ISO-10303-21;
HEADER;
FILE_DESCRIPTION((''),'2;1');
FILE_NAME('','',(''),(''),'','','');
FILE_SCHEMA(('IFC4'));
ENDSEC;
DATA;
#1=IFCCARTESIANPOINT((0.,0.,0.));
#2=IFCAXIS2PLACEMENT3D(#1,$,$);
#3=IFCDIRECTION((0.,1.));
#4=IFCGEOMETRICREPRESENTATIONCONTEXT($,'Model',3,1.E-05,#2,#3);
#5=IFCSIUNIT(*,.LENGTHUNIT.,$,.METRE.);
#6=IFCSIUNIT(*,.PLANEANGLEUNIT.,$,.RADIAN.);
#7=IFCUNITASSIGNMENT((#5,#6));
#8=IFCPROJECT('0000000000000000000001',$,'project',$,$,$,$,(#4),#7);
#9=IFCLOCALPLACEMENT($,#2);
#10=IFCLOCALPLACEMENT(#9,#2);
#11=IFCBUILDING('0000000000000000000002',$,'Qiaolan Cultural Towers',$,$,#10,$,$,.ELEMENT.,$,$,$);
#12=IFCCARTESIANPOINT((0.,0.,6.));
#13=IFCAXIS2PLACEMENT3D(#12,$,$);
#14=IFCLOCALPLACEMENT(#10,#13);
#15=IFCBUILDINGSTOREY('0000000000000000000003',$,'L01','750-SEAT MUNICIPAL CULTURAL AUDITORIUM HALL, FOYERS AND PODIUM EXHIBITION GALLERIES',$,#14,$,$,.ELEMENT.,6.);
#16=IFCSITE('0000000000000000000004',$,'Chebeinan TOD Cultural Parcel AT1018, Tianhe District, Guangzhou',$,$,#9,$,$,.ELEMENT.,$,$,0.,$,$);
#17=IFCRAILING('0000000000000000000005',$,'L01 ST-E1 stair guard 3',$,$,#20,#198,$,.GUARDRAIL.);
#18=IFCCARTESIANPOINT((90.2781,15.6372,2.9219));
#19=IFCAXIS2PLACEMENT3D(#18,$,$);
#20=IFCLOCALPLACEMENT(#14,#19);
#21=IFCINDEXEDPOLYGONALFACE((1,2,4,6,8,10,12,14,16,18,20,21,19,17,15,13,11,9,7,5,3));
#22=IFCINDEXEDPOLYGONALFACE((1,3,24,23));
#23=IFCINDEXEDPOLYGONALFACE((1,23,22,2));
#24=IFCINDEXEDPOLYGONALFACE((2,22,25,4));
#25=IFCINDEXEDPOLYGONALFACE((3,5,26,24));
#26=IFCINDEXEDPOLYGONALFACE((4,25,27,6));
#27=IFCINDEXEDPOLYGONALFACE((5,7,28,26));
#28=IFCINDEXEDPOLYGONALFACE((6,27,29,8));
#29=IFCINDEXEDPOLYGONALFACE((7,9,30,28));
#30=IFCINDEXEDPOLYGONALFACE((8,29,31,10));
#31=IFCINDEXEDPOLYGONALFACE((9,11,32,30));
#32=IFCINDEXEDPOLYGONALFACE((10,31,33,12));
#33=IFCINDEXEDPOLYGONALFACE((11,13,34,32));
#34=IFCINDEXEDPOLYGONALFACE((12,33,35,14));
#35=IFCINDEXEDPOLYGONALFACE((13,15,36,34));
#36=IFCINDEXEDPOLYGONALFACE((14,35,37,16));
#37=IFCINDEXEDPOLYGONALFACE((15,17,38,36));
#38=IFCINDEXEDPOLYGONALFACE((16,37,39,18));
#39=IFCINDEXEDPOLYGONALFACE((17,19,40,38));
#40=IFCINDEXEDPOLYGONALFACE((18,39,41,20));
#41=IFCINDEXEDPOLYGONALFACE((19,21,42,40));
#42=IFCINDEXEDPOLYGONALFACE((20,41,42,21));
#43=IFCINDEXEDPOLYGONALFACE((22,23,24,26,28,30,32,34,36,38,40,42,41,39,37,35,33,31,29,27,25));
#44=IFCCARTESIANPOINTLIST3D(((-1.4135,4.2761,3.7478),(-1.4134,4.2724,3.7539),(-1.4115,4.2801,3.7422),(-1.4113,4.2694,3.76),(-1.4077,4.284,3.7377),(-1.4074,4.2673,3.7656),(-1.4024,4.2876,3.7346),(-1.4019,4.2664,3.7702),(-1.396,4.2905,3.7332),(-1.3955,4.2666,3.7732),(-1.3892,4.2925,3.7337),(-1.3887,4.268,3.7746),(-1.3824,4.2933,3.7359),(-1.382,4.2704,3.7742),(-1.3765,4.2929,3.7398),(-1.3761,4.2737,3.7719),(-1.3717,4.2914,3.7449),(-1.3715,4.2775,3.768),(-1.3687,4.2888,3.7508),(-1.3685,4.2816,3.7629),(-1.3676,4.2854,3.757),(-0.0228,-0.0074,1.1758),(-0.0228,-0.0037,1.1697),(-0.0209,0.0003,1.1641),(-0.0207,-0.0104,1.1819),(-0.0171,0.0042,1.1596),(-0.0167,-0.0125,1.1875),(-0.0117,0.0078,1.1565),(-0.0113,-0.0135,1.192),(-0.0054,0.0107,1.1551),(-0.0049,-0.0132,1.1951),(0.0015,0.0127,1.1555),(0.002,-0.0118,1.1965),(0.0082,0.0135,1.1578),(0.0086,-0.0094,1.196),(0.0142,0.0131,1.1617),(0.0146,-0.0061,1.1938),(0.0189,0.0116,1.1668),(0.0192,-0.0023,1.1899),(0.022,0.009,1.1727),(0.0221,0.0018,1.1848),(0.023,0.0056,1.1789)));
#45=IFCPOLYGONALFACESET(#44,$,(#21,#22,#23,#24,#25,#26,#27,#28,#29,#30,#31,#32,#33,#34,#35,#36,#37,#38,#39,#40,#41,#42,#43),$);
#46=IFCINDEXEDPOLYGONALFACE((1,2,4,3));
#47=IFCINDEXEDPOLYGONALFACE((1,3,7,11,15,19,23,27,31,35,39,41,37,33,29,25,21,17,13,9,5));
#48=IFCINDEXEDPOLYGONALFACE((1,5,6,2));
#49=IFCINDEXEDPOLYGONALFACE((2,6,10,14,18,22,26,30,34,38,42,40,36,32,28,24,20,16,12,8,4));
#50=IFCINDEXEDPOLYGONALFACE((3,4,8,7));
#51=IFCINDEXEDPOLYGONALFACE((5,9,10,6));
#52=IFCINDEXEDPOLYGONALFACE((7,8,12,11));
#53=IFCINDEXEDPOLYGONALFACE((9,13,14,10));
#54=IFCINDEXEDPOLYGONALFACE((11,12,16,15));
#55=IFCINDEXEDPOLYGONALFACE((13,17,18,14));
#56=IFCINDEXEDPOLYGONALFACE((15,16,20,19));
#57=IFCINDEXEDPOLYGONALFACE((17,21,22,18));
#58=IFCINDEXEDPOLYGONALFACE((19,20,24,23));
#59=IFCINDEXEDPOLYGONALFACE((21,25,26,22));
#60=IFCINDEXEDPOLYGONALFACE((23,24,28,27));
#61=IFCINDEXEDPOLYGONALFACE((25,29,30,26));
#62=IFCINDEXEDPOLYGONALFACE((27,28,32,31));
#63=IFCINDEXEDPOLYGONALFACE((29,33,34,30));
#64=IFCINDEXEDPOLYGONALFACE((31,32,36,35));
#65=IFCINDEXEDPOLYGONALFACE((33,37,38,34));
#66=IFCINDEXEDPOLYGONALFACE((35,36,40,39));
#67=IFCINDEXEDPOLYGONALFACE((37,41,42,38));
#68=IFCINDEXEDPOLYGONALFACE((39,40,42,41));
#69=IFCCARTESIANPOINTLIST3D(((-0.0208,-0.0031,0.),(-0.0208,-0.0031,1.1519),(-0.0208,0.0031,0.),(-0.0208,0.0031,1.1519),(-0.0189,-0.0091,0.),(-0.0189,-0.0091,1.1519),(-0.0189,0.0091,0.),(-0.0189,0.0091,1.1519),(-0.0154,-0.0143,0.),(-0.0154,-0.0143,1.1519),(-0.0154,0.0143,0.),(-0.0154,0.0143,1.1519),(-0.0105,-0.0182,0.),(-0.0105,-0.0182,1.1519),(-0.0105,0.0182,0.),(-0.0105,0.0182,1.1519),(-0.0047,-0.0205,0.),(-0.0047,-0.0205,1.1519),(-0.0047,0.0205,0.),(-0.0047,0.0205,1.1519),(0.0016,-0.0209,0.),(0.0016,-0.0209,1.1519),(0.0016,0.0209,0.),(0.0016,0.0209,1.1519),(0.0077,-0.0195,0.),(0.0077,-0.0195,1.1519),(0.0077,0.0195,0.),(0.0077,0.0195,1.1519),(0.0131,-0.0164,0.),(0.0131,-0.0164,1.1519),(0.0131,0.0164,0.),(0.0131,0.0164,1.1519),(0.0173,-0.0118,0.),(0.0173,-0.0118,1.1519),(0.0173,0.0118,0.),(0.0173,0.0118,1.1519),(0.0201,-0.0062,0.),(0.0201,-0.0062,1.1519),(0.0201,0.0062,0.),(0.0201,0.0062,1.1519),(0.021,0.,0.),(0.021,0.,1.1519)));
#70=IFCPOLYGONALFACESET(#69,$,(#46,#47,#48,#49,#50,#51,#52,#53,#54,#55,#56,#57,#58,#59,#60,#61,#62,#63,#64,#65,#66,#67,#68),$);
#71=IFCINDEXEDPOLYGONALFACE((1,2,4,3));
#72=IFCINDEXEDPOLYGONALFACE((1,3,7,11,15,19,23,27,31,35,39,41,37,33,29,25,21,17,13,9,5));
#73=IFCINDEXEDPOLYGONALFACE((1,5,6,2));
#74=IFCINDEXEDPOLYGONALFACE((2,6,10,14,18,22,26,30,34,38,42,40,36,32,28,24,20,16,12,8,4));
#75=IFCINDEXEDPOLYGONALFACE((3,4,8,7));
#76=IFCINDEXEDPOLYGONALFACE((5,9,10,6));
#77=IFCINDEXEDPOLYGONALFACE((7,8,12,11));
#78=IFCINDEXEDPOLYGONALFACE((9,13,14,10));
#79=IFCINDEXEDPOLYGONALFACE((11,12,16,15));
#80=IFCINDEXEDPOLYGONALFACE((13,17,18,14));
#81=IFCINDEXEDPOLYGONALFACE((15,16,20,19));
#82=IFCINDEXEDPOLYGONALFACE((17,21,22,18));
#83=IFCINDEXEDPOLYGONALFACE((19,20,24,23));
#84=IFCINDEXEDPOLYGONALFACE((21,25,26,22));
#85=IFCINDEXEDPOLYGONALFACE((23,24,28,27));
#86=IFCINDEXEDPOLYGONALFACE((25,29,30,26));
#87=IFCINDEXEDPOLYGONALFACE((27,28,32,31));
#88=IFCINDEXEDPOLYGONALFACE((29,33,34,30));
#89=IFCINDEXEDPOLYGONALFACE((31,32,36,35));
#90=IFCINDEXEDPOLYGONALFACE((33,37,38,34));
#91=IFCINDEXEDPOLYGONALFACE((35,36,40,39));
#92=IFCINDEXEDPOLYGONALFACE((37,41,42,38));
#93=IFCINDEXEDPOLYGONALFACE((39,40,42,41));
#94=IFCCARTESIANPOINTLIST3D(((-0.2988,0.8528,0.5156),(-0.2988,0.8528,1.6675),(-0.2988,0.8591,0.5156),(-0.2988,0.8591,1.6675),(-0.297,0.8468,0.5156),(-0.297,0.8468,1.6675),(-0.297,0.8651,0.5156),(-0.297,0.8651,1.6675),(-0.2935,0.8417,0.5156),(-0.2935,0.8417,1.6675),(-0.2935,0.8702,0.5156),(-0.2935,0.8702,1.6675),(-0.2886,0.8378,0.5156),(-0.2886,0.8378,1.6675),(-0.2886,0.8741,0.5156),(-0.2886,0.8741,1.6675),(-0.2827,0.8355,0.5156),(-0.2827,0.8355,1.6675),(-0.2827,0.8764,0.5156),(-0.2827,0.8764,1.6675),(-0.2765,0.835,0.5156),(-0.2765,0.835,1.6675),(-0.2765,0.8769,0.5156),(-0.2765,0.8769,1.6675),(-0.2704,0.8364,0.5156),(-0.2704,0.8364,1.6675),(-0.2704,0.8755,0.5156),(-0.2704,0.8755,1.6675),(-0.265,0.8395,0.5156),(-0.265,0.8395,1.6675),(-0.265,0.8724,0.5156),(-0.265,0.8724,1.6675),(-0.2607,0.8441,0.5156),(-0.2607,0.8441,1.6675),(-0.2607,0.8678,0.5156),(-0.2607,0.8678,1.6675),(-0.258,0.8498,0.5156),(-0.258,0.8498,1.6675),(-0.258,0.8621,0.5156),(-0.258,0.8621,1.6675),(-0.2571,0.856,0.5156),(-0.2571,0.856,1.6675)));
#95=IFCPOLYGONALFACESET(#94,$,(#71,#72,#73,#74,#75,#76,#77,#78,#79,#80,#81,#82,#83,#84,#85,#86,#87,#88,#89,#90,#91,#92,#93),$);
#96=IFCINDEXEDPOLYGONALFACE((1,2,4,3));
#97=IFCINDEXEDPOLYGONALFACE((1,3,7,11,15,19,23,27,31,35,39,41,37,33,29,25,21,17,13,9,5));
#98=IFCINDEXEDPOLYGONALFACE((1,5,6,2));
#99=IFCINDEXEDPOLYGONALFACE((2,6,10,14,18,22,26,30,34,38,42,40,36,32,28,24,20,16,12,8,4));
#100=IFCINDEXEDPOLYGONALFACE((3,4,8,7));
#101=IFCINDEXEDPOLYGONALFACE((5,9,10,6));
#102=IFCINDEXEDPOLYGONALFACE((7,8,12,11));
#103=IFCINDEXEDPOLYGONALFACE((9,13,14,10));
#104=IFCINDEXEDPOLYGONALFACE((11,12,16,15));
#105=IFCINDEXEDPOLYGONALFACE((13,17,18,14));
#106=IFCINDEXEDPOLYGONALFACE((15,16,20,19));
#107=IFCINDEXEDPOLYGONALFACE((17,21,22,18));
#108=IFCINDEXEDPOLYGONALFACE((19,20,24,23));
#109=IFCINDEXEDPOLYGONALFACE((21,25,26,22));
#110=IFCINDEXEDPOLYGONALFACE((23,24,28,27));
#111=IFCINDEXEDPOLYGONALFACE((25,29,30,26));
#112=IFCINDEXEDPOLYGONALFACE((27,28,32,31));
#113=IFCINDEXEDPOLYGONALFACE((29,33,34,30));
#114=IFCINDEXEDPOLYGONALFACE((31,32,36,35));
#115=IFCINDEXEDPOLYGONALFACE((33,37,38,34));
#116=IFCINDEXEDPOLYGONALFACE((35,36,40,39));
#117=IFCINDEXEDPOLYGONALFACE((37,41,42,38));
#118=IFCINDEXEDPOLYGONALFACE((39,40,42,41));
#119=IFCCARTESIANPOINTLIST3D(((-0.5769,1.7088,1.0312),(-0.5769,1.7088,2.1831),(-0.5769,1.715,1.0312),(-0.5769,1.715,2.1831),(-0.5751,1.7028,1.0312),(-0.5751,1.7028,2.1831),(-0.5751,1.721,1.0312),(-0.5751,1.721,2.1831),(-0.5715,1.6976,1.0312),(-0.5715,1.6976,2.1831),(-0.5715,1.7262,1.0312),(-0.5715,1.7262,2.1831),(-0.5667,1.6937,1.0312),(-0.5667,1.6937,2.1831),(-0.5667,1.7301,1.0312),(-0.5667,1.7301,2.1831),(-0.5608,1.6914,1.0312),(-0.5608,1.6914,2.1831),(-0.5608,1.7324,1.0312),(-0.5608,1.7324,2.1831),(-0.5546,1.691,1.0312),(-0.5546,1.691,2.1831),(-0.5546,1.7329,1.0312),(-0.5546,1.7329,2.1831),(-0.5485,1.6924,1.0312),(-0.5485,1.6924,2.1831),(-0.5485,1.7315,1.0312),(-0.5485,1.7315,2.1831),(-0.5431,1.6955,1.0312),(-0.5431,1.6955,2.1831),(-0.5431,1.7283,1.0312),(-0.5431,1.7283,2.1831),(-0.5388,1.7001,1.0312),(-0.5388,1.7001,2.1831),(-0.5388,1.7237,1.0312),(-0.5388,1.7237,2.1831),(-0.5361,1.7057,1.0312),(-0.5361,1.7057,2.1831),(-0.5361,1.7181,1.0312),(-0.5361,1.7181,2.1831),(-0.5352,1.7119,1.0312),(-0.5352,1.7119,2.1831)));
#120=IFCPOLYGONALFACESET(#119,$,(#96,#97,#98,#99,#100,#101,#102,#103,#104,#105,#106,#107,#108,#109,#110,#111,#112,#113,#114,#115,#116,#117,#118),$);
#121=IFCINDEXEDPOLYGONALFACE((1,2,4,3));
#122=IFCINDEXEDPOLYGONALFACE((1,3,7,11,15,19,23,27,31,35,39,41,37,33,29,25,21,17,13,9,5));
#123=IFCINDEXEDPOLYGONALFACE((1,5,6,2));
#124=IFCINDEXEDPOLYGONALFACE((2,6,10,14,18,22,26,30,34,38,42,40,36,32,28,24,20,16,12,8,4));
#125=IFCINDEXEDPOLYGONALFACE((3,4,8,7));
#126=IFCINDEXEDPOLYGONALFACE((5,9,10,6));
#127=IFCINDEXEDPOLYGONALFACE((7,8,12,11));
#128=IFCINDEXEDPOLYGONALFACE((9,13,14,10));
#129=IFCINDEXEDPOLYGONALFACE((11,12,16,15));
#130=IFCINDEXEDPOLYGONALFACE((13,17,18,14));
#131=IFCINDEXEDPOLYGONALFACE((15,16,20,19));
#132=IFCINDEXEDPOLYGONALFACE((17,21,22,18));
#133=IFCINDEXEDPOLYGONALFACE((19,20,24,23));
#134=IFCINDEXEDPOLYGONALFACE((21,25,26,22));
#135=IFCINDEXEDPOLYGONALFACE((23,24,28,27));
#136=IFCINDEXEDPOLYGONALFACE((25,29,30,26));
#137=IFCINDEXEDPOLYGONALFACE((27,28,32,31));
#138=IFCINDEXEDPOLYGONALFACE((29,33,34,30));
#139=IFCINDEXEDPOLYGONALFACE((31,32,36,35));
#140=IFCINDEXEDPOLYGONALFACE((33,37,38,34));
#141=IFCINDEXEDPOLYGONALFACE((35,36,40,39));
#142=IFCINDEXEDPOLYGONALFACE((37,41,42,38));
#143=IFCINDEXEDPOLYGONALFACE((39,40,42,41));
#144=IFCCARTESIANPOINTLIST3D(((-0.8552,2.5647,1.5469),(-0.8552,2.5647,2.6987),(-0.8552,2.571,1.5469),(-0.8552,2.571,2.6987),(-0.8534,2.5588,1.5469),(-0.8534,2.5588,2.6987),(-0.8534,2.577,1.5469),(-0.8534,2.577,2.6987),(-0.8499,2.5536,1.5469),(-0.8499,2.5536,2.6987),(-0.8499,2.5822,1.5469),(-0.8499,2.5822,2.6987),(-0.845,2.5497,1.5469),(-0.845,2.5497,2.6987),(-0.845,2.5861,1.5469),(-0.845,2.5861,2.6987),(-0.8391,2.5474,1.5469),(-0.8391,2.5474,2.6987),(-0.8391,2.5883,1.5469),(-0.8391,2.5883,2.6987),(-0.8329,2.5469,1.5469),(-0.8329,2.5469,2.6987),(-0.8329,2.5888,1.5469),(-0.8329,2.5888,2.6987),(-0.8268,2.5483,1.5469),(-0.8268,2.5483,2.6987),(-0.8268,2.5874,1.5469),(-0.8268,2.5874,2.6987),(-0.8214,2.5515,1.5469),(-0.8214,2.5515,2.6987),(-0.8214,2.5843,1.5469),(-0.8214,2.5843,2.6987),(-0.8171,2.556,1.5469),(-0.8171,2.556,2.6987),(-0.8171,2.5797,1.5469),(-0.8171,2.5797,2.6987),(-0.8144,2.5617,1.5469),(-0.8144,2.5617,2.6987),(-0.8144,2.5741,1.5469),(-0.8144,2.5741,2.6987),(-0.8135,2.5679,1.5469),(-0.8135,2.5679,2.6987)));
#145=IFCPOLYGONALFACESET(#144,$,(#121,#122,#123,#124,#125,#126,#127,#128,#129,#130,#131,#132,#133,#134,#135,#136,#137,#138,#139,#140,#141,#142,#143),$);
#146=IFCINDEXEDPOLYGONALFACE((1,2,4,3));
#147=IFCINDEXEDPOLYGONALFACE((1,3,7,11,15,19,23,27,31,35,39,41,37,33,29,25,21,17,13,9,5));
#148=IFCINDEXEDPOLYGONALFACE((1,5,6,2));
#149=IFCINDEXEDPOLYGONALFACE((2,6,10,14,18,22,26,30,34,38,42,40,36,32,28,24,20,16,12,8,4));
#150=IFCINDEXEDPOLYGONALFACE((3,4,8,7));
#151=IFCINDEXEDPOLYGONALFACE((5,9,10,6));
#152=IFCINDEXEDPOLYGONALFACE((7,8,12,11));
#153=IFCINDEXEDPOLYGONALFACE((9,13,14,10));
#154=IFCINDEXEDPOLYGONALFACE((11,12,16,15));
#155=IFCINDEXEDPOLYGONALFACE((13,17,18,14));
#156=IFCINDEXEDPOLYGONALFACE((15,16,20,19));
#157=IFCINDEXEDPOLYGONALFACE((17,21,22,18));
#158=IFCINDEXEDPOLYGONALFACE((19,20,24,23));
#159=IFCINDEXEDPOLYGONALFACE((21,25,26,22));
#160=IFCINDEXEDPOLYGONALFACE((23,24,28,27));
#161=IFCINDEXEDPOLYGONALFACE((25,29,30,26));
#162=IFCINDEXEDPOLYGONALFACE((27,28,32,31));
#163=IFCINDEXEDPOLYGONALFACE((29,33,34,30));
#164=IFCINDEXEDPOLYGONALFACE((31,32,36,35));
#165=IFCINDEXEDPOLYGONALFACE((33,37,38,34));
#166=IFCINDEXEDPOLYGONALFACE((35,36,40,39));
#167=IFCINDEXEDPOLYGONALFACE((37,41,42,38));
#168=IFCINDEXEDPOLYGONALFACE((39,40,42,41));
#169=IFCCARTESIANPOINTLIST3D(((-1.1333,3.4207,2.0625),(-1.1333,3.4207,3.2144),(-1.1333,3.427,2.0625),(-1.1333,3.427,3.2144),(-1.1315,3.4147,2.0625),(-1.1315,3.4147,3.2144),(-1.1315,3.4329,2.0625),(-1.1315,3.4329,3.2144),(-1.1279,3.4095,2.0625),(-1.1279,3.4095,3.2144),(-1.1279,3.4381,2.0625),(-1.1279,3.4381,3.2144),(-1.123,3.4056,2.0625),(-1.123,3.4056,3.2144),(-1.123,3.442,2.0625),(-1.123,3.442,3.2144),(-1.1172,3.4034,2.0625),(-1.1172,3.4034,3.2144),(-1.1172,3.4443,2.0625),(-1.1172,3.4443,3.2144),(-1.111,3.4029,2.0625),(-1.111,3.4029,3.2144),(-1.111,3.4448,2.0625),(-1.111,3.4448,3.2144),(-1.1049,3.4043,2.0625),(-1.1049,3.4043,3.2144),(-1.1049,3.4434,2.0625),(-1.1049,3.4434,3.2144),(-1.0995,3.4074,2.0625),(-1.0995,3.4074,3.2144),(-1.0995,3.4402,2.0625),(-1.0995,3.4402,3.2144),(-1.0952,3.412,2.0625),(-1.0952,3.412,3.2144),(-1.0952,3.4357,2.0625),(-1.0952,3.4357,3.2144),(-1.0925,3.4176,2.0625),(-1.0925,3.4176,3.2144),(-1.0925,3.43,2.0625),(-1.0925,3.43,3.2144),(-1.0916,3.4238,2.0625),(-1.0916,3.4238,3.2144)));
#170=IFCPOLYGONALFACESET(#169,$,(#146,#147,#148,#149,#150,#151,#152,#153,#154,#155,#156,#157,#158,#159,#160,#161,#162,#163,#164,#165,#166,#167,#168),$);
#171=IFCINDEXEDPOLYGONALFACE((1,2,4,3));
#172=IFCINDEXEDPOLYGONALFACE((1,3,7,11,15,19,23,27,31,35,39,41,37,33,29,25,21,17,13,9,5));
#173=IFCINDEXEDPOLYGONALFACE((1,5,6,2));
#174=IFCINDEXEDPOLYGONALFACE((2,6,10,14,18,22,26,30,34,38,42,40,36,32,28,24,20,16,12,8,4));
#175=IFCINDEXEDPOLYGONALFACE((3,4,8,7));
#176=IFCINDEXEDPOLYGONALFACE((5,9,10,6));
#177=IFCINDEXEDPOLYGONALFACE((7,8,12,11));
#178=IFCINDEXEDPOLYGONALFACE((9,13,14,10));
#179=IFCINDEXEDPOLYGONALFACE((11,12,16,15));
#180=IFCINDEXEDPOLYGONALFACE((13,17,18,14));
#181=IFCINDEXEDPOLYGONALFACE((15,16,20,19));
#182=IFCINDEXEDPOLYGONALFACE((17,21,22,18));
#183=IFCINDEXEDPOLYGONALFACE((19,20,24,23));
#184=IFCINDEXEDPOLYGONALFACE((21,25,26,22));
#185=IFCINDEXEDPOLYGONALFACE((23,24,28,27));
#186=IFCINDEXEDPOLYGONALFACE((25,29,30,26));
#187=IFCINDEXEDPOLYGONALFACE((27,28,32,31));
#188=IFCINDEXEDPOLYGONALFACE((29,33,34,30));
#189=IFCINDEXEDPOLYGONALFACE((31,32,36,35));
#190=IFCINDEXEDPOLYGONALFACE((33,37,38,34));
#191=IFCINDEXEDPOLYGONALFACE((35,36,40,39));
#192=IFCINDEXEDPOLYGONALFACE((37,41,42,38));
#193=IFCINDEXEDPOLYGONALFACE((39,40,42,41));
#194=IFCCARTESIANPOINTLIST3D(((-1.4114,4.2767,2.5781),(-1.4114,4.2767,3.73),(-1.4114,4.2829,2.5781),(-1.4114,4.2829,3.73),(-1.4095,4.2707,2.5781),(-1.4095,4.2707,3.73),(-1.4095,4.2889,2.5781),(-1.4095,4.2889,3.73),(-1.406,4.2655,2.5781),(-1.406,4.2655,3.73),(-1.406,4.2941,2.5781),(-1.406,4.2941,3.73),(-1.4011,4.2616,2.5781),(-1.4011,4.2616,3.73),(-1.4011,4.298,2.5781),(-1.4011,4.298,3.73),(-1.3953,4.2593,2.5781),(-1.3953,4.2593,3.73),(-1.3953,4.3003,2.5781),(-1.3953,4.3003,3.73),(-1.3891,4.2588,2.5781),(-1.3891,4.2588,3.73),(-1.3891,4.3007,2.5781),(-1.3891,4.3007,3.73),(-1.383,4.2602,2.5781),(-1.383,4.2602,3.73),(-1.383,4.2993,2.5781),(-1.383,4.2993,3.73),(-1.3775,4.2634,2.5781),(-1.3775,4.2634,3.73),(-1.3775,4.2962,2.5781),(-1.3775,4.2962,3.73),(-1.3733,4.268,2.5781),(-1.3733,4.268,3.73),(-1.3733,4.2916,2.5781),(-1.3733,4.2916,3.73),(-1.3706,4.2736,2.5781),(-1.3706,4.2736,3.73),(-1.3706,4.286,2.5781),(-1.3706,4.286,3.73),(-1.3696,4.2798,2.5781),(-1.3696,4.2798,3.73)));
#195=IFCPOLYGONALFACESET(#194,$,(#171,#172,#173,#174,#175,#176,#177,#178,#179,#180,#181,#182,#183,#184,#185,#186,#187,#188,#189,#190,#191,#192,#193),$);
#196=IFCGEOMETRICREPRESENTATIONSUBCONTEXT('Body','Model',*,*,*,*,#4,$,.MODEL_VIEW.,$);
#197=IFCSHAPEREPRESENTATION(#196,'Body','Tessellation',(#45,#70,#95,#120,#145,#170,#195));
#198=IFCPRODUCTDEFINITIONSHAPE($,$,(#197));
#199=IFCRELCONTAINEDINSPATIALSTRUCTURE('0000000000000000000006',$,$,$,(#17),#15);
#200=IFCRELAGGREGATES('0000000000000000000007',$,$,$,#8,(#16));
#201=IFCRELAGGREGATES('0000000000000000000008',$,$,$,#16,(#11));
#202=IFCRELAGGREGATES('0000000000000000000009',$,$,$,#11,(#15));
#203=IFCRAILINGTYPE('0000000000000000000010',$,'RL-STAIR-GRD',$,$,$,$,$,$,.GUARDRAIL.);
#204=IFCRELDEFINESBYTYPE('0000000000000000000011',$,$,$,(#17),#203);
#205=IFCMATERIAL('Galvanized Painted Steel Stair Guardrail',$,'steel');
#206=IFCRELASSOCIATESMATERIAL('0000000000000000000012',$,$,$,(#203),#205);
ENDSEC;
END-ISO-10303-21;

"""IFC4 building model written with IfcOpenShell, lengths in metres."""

from ifc_helpers import new_model, si_unit, direction, frame, origin, origin_2d, place, context, subcontext, project, spatial, circle, extrude, material, type_object, element, save


model = new_model("IFC4")

# Units and contexts
model_context = context("Model", 3, precision=1e-05, world=origin(), true_north=direction((0.0, 1.0)))
body_context = subcontext(model_context, "Body", "Model", "MODEL_VIEW")
ifc_project = project(units=[si_unit("LENGTHUNIT", "METRE"), si_unit("PLANEANGLEUNIT", "RADIAN")], contexts=[model_context])

# Site, building, storey
site_placement = place(None, origin())
site = spatial("IfcSite", under=ifc_project, at=site_placement, Name="Chebeinan TOD Cultural Parcel AT1018, Tianhe District, Guangzhou", CompositionType="ELEMENT", RefElevation=0.0)
building_placement = place(site_placement, origin())
building = spatial("IfcBuilding", under=site, at=building_placement, Name="Qiaolan Cultural Towers", CompositionType="ELEMENT")
storey_placement = place(building_placement, frame((0.0, 0.0, 6.0)))
storey = spatial("IfcBuildingStorey", under=building, at=storey_placement, Name="L01", Description="750-SEAT MUNICIPAL CULTURAL AUDITORIUM HALL, FOYERS AND PODIUM EXHIBITION GALLERIES", CompositionType="ELEMENT", Elevation=6.0)

# Railing
ifc_material_1 = material(Name="Galvanized Painted Steel Stair Guardrail", Category="steel")
railing_type_1 = type_object("IfcRailingType", Name="RL-STAIR-GRD", PredefinedType="GUARDRAIL", material=ifc_material_1)
railing_1_placement = place(storey_placement, frame((90.2781, 15.6372, 2.9219)))
element("IfcRailing", 1, at=railing_1_placement, inside=storey, type_object=railing_type_1, Name="L01 ST-E1 stair guard 3", PredefinedType="GUARDRAIL", context=body_context, shape_type="SweptSolid", body=[
    extrude(circle(Radius=0.0239, at=origin_2d()), frame((0.0, 0.0, 1.1758), z_axis=(-0.268137, 0.825219, 0.497108), x_axis=(-0.951054, -0.309025, 0.0)), (0.0, 0.0, 1.0), 5.1863),
    extrude(circle(Radius=0.021, at=origin_2d()), origin(), (0.0, 0.0, 1.0), 1.1519),
    extrude(circle(Radius=0.021, at=origin_2d()), frame((-0.2781, 0.856, 0.5156)), (0.0, 0.0, 1.0), 1.1519),
    extrude(circle(Radius=0.021, at=origin_2d()), frame((-0.5562, 1.7119, 1.0312)), (0.0, 0.0, 1.0), 1.1519),
    extrude(circle(Radius=0.021, at=origin_2d()), frame((-0.8345, 2.5679, 1.5469)), (0.0, 0.0, 1.0), 1.1519),
    extrude(circle(Radius=0.021, at=origin_2d()), frame((-1.1125, 3.4238, 2.0625)), (0.0, 0.0, 1.0), 1.1519),
    extrude(circle(Radius=0.021, at=origin_2d()), frame((-1.3906, 4.2798, 2.5781)), (0.0, 0.0, 1.0), 1.1519),
])

save(model, "model.ifc")
